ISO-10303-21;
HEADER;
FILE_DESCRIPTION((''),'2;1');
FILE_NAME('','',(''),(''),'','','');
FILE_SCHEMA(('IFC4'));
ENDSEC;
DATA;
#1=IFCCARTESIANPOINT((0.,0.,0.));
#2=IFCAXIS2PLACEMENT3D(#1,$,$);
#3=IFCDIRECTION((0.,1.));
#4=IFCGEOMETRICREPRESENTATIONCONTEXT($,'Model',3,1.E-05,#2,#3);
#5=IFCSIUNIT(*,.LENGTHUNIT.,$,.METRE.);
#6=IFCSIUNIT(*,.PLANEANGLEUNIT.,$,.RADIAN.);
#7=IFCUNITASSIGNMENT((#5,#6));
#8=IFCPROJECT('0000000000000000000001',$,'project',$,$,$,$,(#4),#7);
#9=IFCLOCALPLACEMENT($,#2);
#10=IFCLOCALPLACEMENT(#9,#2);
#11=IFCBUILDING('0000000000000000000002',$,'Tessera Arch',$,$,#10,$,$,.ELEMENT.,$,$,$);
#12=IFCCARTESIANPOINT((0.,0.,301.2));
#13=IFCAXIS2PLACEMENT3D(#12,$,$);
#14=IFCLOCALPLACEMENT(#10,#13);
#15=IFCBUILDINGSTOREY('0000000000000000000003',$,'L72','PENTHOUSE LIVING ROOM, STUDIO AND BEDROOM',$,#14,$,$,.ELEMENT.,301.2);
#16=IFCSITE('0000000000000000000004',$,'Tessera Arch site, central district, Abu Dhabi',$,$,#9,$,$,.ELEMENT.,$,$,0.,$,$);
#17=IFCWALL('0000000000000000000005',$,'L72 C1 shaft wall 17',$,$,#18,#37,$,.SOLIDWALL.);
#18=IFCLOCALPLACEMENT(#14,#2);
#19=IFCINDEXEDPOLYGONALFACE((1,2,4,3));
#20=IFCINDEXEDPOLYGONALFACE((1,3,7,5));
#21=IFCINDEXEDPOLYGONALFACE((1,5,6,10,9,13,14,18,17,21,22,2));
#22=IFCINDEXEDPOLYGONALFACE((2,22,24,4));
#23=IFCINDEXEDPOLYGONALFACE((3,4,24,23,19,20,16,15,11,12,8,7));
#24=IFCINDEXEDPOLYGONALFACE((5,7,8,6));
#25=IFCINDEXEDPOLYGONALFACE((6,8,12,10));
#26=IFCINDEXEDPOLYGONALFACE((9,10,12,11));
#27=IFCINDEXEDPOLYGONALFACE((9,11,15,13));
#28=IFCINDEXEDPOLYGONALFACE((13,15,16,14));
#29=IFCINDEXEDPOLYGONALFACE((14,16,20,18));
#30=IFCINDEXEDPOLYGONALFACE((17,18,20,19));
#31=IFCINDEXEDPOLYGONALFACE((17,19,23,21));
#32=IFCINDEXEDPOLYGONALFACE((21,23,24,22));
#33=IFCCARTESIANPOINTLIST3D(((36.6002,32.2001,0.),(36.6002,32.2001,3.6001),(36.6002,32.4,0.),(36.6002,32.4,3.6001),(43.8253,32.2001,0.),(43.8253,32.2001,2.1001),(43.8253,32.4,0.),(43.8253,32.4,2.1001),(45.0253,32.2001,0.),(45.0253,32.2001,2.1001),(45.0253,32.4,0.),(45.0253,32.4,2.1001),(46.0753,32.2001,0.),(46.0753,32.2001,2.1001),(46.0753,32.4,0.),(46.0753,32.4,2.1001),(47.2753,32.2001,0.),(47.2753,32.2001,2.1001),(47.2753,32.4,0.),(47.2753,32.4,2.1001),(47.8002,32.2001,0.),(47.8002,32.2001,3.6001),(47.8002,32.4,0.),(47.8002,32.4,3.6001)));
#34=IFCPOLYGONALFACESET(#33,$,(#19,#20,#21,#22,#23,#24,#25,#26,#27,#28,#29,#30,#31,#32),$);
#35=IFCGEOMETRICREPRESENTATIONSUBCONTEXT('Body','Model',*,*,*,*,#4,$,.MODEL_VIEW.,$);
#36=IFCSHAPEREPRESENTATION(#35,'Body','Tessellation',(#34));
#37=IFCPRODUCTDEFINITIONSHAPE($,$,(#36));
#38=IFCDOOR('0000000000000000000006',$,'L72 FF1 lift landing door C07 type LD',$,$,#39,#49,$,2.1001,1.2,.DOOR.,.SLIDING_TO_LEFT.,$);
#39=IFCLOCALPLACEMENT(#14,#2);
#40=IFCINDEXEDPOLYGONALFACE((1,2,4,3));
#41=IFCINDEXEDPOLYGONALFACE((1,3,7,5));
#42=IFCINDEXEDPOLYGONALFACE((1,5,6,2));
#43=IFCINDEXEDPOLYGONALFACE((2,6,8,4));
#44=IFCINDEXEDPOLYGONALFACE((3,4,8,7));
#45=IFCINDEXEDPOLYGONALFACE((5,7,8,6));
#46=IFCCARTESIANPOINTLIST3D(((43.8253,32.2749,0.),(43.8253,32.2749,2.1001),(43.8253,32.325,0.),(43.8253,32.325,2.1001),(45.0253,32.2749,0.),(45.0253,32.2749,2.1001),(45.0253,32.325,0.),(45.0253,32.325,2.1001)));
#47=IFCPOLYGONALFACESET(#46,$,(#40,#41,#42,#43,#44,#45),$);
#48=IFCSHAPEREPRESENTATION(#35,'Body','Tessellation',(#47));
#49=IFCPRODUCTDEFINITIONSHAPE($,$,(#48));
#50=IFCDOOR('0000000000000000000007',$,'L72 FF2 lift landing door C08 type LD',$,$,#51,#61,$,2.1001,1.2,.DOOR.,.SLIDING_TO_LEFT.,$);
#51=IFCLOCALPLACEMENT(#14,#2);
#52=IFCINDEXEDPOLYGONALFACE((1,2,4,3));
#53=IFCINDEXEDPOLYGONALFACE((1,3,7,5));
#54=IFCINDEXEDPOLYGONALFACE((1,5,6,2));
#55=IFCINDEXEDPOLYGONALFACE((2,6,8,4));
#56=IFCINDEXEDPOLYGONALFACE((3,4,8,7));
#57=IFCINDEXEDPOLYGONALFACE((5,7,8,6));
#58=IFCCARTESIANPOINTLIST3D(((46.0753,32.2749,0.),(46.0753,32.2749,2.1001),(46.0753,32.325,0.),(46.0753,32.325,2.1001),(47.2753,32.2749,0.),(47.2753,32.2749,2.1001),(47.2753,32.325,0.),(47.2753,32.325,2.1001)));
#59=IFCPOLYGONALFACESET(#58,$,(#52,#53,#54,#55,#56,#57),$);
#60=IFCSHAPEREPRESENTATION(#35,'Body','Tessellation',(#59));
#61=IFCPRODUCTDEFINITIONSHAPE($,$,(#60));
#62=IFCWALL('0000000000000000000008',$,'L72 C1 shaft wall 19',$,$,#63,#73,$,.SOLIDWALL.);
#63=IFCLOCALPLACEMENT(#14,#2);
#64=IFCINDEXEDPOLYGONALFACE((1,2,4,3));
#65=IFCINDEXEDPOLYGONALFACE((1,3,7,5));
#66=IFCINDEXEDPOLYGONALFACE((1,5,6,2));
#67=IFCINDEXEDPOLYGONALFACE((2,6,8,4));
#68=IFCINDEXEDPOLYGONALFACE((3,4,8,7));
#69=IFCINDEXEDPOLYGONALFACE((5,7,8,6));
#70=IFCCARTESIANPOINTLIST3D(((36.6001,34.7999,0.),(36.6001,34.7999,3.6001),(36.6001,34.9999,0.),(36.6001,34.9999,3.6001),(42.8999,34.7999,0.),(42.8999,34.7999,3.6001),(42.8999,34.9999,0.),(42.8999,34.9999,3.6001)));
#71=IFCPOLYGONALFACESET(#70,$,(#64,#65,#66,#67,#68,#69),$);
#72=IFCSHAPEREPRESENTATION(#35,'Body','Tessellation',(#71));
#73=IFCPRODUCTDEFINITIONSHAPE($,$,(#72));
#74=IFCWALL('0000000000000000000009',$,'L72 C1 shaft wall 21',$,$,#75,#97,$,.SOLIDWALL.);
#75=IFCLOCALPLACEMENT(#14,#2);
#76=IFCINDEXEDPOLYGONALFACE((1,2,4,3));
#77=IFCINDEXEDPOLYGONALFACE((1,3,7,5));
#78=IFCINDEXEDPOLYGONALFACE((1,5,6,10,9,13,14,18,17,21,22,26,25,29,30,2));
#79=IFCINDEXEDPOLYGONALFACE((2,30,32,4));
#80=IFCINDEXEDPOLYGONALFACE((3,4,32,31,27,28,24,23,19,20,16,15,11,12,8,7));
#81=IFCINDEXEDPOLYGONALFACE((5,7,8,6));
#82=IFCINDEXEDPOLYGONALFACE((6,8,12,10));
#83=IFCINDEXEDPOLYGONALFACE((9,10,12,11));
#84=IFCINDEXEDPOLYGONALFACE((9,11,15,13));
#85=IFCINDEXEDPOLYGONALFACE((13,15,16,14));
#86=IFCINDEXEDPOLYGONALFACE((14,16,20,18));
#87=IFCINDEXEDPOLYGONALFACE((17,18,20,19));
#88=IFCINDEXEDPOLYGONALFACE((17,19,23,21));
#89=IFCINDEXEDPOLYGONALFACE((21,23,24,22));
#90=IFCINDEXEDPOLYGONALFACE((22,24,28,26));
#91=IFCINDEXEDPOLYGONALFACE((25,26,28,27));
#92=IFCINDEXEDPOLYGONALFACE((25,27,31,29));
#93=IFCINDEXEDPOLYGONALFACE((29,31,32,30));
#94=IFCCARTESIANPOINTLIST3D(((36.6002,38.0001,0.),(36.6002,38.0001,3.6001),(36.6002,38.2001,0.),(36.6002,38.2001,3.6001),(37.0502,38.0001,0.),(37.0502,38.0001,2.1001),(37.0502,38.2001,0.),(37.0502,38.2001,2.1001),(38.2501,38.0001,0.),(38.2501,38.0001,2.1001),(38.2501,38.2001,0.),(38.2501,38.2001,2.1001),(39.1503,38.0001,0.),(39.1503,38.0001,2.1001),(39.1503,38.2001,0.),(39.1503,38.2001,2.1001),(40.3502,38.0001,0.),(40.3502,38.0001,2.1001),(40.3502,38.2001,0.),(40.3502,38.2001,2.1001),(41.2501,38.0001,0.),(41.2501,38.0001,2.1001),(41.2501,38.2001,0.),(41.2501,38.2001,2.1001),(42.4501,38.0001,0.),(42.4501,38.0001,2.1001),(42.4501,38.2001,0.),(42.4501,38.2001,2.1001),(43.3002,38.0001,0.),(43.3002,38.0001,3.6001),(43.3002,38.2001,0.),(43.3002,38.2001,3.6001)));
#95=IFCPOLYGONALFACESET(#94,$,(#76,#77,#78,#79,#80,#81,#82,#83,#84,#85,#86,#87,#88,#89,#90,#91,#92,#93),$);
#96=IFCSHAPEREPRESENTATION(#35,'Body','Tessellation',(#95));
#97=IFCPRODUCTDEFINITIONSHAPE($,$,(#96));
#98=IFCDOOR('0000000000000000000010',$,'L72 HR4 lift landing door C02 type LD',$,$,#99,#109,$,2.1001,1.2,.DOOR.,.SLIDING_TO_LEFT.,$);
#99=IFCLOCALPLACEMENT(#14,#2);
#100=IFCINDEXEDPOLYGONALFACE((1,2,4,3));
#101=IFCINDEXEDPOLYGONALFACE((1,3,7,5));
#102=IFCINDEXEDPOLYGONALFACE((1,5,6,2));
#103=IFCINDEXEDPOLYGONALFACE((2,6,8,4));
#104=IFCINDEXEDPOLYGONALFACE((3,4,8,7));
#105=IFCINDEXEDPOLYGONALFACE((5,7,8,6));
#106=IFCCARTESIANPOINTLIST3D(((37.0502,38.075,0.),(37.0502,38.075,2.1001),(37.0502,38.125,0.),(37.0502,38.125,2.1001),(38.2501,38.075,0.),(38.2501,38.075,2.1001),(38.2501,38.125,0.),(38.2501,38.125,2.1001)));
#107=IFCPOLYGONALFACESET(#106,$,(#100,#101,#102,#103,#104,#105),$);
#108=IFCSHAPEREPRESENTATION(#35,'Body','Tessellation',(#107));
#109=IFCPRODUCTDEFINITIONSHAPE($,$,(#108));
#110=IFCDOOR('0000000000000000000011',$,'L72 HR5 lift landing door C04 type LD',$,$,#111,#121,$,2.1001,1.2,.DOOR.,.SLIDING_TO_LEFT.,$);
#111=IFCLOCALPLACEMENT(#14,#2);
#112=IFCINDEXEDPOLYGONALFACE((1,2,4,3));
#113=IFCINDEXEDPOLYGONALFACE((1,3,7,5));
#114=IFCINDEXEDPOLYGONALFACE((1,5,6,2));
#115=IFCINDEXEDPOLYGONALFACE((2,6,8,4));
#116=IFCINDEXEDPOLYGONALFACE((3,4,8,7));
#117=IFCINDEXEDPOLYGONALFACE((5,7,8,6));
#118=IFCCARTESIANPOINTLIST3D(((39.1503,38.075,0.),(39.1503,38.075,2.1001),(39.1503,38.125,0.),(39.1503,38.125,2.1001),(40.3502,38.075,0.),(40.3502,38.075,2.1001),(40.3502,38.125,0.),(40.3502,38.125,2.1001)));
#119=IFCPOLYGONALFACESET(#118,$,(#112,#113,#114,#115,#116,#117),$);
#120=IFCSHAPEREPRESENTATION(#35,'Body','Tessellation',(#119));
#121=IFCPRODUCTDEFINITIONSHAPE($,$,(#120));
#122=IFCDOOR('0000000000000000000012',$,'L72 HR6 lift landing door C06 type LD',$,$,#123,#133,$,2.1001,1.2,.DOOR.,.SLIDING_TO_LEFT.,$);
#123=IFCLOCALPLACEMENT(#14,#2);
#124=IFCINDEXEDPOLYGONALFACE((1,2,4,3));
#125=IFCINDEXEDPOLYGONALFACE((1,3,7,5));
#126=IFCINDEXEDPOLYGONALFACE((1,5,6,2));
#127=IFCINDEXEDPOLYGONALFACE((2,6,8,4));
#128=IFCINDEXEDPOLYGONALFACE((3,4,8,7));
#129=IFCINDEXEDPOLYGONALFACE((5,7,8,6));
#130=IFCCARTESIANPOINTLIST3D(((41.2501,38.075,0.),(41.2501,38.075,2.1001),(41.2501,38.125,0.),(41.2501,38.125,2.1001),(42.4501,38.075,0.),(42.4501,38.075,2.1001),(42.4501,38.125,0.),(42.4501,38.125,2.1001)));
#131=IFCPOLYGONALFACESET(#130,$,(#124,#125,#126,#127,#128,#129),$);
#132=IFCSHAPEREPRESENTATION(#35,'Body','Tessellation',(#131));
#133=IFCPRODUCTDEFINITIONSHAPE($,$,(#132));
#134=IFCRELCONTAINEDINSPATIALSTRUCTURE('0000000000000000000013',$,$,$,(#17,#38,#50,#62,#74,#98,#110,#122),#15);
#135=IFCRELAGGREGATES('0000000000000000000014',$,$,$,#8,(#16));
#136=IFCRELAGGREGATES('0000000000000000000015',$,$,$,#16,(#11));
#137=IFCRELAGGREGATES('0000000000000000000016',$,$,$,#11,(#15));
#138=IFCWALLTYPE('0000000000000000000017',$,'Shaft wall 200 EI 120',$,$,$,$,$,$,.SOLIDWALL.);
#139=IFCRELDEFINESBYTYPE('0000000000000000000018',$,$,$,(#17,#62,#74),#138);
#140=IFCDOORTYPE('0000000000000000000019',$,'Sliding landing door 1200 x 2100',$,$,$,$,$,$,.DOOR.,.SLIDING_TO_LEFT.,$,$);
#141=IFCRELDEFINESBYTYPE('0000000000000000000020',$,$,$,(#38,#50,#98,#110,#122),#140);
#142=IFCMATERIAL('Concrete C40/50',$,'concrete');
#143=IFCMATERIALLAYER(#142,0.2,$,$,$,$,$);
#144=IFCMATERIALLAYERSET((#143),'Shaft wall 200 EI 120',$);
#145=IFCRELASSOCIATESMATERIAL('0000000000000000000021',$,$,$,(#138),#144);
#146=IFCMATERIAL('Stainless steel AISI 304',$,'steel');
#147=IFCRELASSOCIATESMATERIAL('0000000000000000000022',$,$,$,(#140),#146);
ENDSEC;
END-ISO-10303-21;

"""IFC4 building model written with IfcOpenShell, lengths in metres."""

from ifc_helpers import new_model, si_unit, direction, frame, frame_2d, origin, place, context, subcontext, project, spatial, rectangle, extrude, material, layer, layer_set, type_object, element, fill, save


model = new_model("IFC4")

# Units and contexts
model_context = context("Model", 3, precision=1e-05, world=origin(), true_north=direction((0.0, 1.0)))
body_context = subcontext(model_context, "Body", "Model", "MODEL_VIEW")
ifc_project = project(units=[si_unit("LENGTHUNIT", "METRE"), si_unit("PLANEANGLEUNIT", "RADIAN")], contexts=[model_context])

# Site, building, storey
site_placement = place(None, origin())
site = spatial("IfcSite", under=ifc_project, at=site_placement, Name="Tessera Arch site, central district, Abu Dhabi", CompositionType="ELEMENT", RefElevation=0.0)
building_placement = place(site_placement, origin())
building = spatial("IfcBuilding", under=site, at=building_placement, Name="Tessera Arch", CompositionType="ELEMENT")
storey_placement = place(building_placement, frame((0.0, 0.0, 301.2)))
storey = spatial("IfcBuildingStorey", under=building, at=storey_placement, Name="L72", Description="PENTHOUSE LIVING ROOM, STUDIO AND BEDROOM", CompositionType="ELEMENT", Elevation=301.2)

# Shared definitions
ifc_material_1 = material(Name="Concrete C40/50", Category="concrete")
ifc_layer_1 = layer(ifc_material_1, 0.2)
ifc_layer_set_1 = layer_set([ifc_layer_1], Name="Shaft wall 200 EI 120")
wall_type = type_object("IfcWallType", Name="Shaft wall 200 EI 120", PredefinedType="SOLIDWALL", material=ifc_layer_set_1)

# Wall, openings, doors
wall_1_placement = place(storey_placement, frame((36.6001, 32.3, 0.0), z_axis=(0.0, 0.0, 1.0), x_axis=(1.0, 0.0, 0.0)))
wall_1 = element("IfcWall", 1, at=wall_1_placement, inside=storey, type_object=wall_type, Name="L72 C1 shaft wall 17", PredefinedType="SOLIDWALL", context=body_context, shape_type="SweptSolid", body=[
    extrude(rectangle(XDim=11.2, YDim=0.2, at=frame_2d((5.6001, 0.0))), origin(), (0.0, 0.0, 1.0), 3.6001),
])
opening_1_placement = place(wall_1_placement, frame((7.2251, 0.0, 0.0)))
opening_1 = element("IfcOpeningElement", 2, at=opening_1_placement, cuts=wall_1, PredefinedType="OPENING", context=body_context, shape_type="SweptSolid", body=[
    extrude(rectangle(XDim=1.2, YDim=2.1001, at=frame_2d((0.6001, 1.05))), frame((0.0, 0.1099, 0.0), z_axis=(0.0, -1.0, 0.0), x_axis=(1.0, 0.0, 0.0)), (0.0, 0.0, 1.0), 0.22),
])
opening_2_placement = place(wall_1_placement, frame((9.4751, 0.0, 0.0)))
opening_2 = element("IfcOpeningElement", 3, at=opening_2_placement, cuts=wall_1, PredefinedType="OPENING", context=body_context, shape_type="SweptSolid", body=[
    extrude(rectangle(XDim=1.2, YDim=2.1001, at=frame_2d((0.6001, 1.05))), frame((0.0, 0.1099, 0.0), z_axis=(0.0, -1.0, 0.0), x_axis=(1.0, 0.0, 0.0)), (0.0, 0.0, 1.0), 0.22),
])
ifc_material_2 = material(Name="Stainless steel AISI 304", Category="steel")
door_type = type_object("IfcDoorType", Name="Sliding landing door 1200 x 2100", OperationType="SLIDING_TO_LEFT", PredefinedType="DOOR", material=ifc_material_2)
door_1_placement = place(opening_1_placement, origin())
door_1 = element("IfcDoor", 4, at=door_1_placement, inside=storey, type_object=door_type, Name="L72 FF1 lift landing door C07 type LD", OperationType="SLIDING_TO_LEFT", OverallHeight=2.1001, OverallWidth=1.2, PredefinedType="DOOR", context=body_context, shape_type="SweptSolid", body=[
    extrude(rectangle(XDim=1.2, YDim=2.1001, at=frame_2d((0.6001, 1.05))), frame((0.0, 0.0249, 0.0), z_axis=(0.0, -1.0, 0.0), x_axis=(1.0, 0.0, 0.0)), (0.0, 0.0, 1.0), 0.05),
])
fill(opening_1, door_1)
door_2_placement = place(opening_2_placement, origin())
door_2 = element("IfcDoor", 5, at=door_2_placement, inside=storey, type_object=door_type, Name="L72 FF2 lift landing door C08 type LD", OperationType="SLIDING_TO_LEFT", OverallHeight=2.1001, OverallWidth=1.2, PredefinedType="DOOR", context=body_context, shape_type="SweptSolid", body=[
    extrude(rectangle(XDim=1.2, YDim=2.1001, at=frame_2d((0.6001, 1.05))), frame((0.0, 0.0249, 0.0), z_axis=(0.0, -1.0, 0.0), x_axis=(1.0, 0.0, 0.0)), (0.0, 0.0, 1.0), 0.05),
])
fill(opening_2, door_2)

# Wall
wall_2_placement = place(storey_placement, frame((36.6001, 34.8999, 0.0), z_axis=(0.0, 0.0, 1.0), x_axis=(1.0, 0.0, 0.0)))
element("IfcWall", 6, at=wall_2_placement, inside=storey, type_object=wall_type, Name="L72 C1 shaft wall 19", PredefinedType="SOLIDWALL", context=body_context, shape_type="SweptSolid", body=[
    extrude(rectangle(XDim=6.2998, YDim=0.2, at=frame_2d((3.1499, 0.0))), origin(), (0.0, 0.0, 1.0), 3.6001),
])

# Wall, openings, doors
wall_3_placement = place(storey_placement, frame((36.6001, 38.1001, 0.0), z_axis=(0.0, 0.0, 1.0), x_axis=(1.0, 0.0, 0.0)))
wall_3 = element("IfcWall", 7, at=wall_3_placement, inside=storey, type_object=wall_type, Name="L72 C1 shaft wall 21", PredefinedType="SOLIDWALL", context=body_context, shape_type="SweptSolid", body=[
    extrude(rectangle(XDim=6.7, YDim=0.2, at=frame_2d((3.3501, 0.0))), origin(), (0.0, 0.0, 1.0), 3.6001),
])
opening_3_placement = place(wall_3_placement, frame((0.45, 0.0, 0.0)))
opening_3 = element("IfcOpeningElement", 8, at=opening_3_placement, cuts=wall_3, PredefinedType="OPENING", context=body_context, shape_type="SweptSolid", body=[
    extrude(rectangle(XDim=1.2, YDim=2.1001, at=frame_2d((0.6001, 1.05))), frame((0.0, 0.1099, 0.0), z_axis=(0.0, -1.0, 0.0), x_axis=(1.0, 0.0, 0.0)), (0.0, 0.0, 1.0), 0.22),
])
opening_4_placement = place(wall_3_placement, frame((2.55, 0.0, 0.0)))
opening_4 = element("IfcOpeningElement", 9, at=opening_4_placement, cuts=wall_3, PredefinedType="OPENING", context=body_context, shape_type="SweptSolid", body=[
    extrude(rectangle(XDim=1.2, YDim=2.1001, at=frame_2d((0.6001, 1.05))), frame((0.0, 0.1099, 0.0), z_axis=(0.0, -1.0, 0.0), x_axis=(1.0, 0.0, 0.0)), (0.0, 0.0, 1.0), 0.22),
])
opening_5_placement = place(wall_3_placement, frame((4.6499, 0.0, 0.0)))
opening_5 = element("IfcOpeningElement", 10, at=opening_5_placement, cuts=wall_3, PredefinedType="OPENING", context=body_context, shape_type="SweptSolid", body=[
    extrude(rectangle(XDim=1.2, YDim=2.1001, at=frame_2d((0.6001, 1.05))), frame((0.0, 0.1099, 0.0), z_axis=(0.0, -1.0, 0.0), x_axis=(1.0, 0.0, 0.0)), (0.0, 0.0, 1.0), 0.22),
])
door_3_placement = place(opening_3_placement, origin())
door_3 = element("IfcDoor", 11, at=door_3_placement, inside=storey, type_object=door_type, Name="L72 HR4 lift landing door C02 type LD", OperationType="SLIDING_TO_LEFT", OverallHeight=2.1001, OverallWidth=1.2, PredefinedType="DOOR", context=body_context, shape_type="SweptSolid", body=[
    extrude(rectangle(XDim=1.2, YDim=2.1001, at=frame_2d((0.6001, 1.05))), frame((0.0, 0.0249, 0.0), z_axis=(0.0, -1.0, 0.0), x_axis=(1.0, 0.0, 0.0)), (0.0, 0.0, 1.0), 0.05),
])
fill(opening_3, door_3)
door_4_placement = place(opening_4_placement, origin())
door_4 = element("IfcDoor", 12, at=door_4_placement, inside=storey, type_object=door_type, Name="L72 HR5 lift landing door C04 type LD", OperationType="SLIDING_TO_LEFT", OverallHeight=2.1001, OverallWidth=1.2, PredefinedType="DOOR", context=body_context, shape_type="SweptSolid", body=[
    extrude(rectangle(XDim=1.2, YDim=2.1001, at=frame_2d((0.6001, 1.05))), frame((0.0, 0.0249, 0.0), z_axis=(0.0, -1.0, 0.0), x_axis=(1.0, 0.0, 0.0)), (0.0, 0.0, 1.0), 0.05),
])
fill(opening_4, door_4)
door_5_placement = place(opening_5_placement, origin())
door_5 = element("IfcDoor", 13, at=door_5_placement, inside=storey, type_object=door_type, Name="L72 HR6 lift landing door C06 type LD", OperationType="SLIDING_TO_LEFT", OverallHeight=2.1001, OverallWidth=1.2, PredefinedType="DOOR", context=body_context, shape_type="SweptSolid", body=[
    extrude(rectangle(XDim=1.2, YDim=2.1001, at=frame_2d((0.6001, 1.05))), frame((0.0, 0.0249, 0.0), z_axis=(0.0, -1.0, 0.0), x_axis=(1.0, 0.0, 0.0)), (0.0, 0.0, 1.0), 0.05),
])
fill(opening_5, door_5)

save(model, "model.ifc")
